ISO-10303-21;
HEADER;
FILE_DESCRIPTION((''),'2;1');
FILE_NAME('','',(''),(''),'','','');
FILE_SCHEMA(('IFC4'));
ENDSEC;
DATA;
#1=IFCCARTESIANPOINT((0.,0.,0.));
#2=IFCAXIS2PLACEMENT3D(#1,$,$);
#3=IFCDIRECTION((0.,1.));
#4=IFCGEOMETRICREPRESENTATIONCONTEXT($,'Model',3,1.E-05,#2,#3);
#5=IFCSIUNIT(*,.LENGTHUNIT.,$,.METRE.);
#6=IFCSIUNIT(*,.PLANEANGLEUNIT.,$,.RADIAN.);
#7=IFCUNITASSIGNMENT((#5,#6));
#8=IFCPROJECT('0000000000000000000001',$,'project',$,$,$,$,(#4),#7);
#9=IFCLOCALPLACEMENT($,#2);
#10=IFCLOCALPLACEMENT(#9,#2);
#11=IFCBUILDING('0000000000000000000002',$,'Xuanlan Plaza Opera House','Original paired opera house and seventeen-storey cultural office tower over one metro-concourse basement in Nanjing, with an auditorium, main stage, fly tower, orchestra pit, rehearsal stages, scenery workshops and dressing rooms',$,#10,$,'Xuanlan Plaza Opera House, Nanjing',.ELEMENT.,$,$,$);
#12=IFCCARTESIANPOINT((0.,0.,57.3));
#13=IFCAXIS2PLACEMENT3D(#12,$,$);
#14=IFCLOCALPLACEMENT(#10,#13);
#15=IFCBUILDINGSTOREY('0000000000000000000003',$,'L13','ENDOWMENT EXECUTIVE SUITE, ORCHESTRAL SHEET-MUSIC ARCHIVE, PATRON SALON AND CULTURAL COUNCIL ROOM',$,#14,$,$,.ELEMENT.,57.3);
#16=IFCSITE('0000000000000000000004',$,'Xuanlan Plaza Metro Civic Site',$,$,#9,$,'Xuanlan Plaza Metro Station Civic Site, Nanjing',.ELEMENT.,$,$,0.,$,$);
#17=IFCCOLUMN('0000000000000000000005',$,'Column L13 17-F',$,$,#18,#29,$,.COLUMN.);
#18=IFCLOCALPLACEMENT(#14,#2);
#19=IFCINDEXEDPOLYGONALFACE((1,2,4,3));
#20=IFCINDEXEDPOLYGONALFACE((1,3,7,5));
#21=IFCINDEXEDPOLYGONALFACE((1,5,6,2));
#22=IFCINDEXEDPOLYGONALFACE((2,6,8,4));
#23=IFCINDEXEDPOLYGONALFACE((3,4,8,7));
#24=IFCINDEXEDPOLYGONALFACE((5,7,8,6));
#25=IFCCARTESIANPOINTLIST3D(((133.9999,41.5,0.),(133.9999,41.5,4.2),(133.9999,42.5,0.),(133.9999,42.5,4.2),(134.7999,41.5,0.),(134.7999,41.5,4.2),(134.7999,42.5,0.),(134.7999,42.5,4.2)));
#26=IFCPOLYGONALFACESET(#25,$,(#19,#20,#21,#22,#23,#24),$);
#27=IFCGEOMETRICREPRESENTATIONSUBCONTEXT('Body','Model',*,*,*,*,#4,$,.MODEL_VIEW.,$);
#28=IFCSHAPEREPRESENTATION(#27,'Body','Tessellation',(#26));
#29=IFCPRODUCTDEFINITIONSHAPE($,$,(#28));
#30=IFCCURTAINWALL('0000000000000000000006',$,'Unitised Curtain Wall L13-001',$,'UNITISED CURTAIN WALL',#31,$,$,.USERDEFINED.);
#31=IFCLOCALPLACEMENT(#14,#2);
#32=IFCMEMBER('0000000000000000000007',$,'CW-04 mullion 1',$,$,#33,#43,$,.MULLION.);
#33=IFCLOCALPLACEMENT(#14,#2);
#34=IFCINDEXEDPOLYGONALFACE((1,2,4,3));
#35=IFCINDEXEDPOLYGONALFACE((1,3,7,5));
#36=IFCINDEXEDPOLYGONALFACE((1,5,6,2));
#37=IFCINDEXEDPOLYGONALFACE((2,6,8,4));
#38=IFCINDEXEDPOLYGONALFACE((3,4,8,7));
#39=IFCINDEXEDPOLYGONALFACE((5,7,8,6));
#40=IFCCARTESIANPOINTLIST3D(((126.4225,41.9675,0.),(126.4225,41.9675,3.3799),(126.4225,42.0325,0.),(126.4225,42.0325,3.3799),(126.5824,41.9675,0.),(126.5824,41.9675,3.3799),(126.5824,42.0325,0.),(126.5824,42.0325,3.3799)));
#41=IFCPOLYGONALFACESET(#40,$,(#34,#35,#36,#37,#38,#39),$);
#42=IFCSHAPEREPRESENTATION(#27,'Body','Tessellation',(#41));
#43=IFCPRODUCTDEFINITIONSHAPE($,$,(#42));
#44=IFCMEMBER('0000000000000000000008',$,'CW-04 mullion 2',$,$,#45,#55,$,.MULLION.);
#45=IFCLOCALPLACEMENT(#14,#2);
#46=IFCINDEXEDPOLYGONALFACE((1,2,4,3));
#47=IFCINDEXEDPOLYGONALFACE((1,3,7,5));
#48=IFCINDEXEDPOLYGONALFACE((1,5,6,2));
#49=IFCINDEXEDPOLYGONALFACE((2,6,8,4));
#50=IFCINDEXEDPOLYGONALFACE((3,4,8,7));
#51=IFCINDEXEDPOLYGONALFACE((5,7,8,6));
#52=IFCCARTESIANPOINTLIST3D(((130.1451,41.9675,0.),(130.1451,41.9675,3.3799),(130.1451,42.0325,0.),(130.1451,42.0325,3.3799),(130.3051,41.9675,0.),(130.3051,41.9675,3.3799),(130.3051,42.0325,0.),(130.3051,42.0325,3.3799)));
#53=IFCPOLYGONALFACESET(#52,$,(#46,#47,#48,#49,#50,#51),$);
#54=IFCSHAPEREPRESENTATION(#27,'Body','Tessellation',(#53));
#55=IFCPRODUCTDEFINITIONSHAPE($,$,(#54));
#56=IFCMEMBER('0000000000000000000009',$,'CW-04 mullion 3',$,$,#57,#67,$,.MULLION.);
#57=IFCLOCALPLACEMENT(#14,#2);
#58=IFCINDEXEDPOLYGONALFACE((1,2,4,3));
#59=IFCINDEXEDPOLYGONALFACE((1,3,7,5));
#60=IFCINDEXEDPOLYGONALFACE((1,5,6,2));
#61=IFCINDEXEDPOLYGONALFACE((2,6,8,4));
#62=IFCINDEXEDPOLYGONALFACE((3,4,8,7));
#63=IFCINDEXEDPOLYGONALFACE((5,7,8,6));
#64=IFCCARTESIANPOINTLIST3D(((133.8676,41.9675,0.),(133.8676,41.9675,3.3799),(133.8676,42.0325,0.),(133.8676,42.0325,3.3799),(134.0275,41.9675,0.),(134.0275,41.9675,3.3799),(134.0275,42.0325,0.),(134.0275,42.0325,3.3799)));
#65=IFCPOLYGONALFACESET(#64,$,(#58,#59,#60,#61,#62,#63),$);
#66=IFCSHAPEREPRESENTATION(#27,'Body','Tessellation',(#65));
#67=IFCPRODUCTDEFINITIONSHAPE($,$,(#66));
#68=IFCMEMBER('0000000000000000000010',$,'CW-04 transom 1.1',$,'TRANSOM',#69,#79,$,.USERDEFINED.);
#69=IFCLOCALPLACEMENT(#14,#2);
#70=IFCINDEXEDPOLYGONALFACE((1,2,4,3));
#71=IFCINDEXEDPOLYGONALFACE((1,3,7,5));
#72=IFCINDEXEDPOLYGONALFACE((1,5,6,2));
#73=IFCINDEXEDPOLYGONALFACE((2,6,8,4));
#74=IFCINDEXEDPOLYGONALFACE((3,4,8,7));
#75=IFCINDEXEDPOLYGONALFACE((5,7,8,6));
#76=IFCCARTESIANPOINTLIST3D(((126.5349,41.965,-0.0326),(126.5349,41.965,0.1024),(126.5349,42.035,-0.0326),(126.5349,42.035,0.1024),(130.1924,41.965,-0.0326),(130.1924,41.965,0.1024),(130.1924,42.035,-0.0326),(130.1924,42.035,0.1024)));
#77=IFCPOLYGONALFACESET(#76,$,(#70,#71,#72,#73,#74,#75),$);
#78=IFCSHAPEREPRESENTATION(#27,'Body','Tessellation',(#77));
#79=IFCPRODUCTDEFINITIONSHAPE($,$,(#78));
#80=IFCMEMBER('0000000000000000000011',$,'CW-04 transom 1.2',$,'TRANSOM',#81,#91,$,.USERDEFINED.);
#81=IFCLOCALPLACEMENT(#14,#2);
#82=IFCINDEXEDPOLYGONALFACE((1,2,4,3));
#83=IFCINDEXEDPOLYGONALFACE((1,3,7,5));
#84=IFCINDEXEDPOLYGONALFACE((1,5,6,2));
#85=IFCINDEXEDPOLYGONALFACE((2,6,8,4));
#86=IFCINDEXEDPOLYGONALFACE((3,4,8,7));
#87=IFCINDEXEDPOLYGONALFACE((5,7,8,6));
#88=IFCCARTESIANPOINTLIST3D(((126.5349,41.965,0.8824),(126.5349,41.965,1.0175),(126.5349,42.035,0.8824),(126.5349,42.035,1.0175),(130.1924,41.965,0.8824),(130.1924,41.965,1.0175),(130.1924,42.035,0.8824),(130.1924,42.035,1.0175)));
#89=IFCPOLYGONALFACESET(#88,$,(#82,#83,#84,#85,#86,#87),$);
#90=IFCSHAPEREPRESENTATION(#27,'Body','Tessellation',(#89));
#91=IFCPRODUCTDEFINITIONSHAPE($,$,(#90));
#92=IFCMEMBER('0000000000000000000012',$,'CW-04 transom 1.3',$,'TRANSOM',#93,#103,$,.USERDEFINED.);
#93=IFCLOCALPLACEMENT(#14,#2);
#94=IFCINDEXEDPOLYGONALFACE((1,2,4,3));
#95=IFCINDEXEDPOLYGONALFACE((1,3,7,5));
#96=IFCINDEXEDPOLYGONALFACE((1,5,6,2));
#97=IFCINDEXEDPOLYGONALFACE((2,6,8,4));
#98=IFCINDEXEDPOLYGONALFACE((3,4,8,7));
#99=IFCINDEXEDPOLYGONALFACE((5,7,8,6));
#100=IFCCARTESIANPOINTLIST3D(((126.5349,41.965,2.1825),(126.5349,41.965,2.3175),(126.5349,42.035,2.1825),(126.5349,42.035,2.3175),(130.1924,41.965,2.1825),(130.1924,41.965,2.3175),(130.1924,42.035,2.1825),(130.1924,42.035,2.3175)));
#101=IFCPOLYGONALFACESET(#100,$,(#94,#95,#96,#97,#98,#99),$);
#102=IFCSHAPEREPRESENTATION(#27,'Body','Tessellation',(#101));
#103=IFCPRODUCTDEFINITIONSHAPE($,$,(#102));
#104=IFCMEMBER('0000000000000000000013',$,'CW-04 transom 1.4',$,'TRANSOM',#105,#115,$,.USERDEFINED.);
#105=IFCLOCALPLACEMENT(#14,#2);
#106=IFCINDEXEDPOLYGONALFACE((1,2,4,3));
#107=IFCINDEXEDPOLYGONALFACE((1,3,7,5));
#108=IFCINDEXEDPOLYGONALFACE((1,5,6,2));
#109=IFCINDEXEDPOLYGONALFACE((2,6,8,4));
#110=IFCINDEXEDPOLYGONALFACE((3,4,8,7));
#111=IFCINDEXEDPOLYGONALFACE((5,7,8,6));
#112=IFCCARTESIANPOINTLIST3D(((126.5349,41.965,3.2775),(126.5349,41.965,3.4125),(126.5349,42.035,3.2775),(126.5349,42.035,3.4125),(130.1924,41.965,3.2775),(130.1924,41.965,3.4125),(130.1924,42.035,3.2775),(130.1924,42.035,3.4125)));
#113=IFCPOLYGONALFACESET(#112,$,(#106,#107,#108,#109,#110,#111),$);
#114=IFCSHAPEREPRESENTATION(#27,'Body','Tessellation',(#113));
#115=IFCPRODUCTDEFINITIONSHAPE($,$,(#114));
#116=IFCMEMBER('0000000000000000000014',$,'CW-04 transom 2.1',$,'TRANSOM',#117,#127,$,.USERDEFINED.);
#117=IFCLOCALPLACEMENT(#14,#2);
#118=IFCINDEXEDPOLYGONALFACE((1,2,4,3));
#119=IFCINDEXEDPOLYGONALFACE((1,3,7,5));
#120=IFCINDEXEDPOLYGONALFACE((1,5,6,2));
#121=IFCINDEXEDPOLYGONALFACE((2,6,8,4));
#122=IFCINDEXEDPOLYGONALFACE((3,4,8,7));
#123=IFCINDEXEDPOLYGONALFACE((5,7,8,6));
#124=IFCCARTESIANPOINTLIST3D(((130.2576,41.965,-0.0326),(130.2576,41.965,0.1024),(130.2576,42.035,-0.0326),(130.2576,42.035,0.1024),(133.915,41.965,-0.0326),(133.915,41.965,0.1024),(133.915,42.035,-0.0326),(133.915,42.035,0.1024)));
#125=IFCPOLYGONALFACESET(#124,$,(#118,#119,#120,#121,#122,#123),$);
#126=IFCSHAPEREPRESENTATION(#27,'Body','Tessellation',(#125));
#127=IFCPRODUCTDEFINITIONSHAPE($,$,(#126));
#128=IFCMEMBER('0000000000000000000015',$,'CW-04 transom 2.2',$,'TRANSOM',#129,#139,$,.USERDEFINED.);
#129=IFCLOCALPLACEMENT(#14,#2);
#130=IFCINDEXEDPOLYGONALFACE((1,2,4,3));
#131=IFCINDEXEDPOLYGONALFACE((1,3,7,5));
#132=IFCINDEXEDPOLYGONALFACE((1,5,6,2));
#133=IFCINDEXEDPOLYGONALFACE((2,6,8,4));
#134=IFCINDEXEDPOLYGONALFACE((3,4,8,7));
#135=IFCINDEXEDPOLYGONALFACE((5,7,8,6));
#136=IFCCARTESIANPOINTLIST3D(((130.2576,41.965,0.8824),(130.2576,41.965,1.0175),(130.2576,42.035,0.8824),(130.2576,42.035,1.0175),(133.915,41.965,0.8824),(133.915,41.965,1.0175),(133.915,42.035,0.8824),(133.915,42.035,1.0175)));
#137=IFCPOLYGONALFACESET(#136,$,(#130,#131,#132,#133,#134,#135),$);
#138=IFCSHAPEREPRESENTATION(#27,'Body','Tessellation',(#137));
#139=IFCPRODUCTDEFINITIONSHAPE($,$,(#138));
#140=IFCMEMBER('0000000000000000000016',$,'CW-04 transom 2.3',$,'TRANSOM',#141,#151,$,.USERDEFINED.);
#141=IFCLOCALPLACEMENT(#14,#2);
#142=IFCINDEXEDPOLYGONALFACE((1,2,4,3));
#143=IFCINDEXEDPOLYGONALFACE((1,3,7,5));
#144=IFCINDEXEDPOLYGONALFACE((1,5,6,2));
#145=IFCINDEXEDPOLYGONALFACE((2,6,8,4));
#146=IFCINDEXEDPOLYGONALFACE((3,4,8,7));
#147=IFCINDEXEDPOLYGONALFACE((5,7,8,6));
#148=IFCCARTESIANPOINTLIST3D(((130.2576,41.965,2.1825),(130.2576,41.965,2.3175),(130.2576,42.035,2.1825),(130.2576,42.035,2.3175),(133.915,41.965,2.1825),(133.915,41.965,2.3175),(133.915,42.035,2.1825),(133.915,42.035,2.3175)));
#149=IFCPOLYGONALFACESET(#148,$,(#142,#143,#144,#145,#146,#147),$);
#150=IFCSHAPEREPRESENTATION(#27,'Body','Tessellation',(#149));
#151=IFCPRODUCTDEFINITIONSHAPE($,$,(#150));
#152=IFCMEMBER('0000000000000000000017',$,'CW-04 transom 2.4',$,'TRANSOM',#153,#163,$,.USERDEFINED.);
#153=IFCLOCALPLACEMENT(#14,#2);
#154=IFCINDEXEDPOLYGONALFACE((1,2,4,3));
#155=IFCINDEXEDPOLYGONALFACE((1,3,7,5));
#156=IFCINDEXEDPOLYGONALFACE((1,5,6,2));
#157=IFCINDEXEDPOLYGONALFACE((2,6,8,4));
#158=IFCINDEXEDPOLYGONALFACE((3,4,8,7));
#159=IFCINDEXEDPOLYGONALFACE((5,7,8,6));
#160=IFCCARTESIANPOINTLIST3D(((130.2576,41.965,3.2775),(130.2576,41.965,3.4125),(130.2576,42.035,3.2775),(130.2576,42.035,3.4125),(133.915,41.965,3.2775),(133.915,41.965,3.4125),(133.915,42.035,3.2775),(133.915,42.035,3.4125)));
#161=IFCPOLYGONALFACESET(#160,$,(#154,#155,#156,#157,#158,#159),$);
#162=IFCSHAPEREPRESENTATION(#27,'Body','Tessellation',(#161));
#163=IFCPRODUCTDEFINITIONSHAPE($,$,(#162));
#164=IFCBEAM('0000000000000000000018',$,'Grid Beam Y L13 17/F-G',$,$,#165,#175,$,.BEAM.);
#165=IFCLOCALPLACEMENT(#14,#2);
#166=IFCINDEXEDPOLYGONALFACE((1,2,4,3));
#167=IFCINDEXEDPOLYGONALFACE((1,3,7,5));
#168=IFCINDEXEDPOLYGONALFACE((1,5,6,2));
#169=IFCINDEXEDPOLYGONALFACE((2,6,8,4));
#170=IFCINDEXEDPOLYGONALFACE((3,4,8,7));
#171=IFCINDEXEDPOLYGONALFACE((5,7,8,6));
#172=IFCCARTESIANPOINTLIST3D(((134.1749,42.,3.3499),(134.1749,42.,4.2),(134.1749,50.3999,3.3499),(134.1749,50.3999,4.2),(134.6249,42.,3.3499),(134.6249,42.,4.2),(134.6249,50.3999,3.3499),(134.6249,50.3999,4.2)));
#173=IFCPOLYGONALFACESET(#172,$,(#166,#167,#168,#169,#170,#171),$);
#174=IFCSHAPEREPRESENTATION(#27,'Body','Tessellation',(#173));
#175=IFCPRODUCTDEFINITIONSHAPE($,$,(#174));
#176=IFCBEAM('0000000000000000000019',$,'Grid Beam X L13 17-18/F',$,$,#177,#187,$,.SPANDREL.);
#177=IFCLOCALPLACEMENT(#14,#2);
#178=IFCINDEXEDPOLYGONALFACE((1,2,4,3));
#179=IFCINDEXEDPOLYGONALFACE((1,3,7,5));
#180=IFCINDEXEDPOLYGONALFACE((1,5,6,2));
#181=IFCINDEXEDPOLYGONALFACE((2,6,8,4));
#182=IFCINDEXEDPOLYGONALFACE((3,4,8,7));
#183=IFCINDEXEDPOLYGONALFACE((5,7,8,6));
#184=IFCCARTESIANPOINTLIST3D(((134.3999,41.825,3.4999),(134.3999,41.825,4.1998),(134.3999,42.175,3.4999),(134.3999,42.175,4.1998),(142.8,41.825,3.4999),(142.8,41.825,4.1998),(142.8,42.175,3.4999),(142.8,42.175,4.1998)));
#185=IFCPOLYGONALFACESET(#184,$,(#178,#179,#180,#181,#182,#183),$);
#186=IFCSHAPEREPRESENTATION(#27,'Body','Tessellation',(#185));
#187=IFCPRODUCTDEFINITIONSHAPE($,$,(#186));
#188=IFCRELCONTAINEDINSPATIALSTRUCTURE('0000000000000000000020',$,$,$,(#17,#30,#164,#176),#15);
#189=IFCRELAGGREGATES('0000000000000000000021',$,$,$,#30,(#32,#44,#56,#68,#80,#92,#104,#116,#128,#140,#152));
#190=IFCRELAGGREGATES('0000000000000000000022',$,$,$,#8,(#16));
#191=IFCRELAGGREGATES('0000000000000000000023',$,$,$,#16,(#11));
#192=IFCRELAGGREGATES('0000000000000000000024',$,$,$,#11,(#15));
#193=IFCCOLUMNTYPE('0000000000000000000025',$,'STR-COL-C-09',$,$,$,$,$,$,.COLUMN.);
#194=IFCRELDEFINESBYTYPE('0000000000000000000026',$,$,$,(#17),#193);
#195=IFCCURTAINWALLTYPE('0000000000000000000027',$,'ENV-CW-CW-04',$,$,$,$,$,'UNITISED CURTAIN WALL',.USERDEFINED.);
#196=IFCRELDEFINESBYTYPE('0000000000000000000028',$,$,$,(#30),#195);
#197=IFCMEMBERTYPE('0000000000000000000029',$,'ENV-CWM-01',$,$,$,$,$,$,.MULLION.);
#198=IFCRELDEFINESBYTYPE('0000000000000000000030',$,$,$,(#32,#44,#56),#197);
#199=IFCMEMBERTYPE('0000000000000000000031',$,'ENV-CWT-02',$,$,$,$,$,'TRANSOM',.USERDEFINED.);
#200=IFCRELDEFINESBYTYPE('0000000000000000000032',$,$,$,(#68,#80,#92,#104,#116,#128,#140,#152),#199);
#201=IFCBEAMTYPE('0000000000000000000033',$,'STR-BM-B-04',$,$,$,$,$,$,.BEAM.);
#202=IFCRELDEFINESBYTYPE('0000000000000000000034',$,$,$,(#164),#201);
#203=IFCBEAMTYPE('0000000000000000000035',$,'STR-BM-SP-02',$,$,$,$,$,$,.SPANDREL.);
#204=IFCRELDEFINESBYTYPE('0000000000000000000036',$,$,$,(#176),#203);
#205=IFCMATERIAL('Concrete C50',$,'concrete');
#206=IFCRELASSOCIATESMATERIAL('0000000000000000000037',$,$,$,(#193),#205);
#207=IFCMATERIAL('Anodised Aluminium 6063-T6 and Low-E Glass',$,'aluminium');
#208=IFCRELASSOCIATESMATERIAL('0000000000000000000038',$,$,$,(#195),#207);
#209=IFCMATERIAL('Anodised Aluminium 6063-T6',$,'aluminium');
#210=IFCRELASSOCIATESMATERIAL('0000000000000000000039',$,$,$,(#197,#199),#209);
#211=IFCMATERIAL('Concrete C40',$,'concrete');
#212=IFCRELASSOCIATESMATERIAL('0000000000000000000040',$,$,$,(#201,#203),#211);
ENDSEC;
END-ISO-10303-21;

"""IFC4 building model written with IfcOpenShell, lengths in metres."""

from ifc_helpers import new_model, si_unit, direction, frame, origin, origin_2d, place, context, subcontext, project, spatial, rectangle, extrude, material, material_profile, profile_set, type_object, element, aggregate, save


model = new_model("IFC4")

# Units and contexts
model_context = context("Model", 3, precision=1e-05, world=origin(), true_north=direction((0.0, 1.0)))
body_context = subcontext(model_context, "Body", "Model", "MODEL_VIEW")
ifc_project = project(units=[si_unit("LENGTHUNIT", "METRE"), si_unit("PLANEANGLEUNIT", "RADIAN")], contexts=[model_context])

# Site, building, storey
site_placement = place(None, origin())
site = spatial("IfcSite", under=ifc_project, at=site_placement, Name="Xuanlan Plaza Metro Civic Site", LongName="Xuanlan Plaza Metro Station Civic Site, Nanjing", CompositionType="ELEMENT", RefElevation=0.0)
building_placement = place(site_placement, origin())
building = spatial("IfcBuilding", under=site, at=building_placement, Name="Xuanlan Plaza Opera House", Description="Original paired opera house and seventeen-storey cultural office tower over one metro-concourse basement in Nanjing, with an auditorium, main stage, fly tower, orchestra pit, rehearsal stages, scenery workshops and dressing rooms", LongName="Xuanlan Plaza Opera House, Nanjing", CompositionType="ELEMENT")
storey_placement = place(building_placement, frame((0.0, 0.0, 57.3)))
storey = spatial("IfcBuildingStorey", under=building, at=storey_placement, Name="L13", Description="ENDOWMENT EXECUTIVE SUITE, ORCHESTRAL SHEET-MUSIC ARCHIVE, PATRON SALON AND CULTURAL COUNCIL ROOM", CompositionType="ELEMENT", Elevation=57.3)

# Column
ifc_material_1 = material(Name="Concrete C50", Category="concrete")
ifc_material_profile_1 = material_profile(ifc_material_1, rectangle(XDim=0.8, YDim=1.0, at=origin_2d()), Name="RC-COL 800x1000")
ifc_profile_set_1 = profile_set([ifc_material_profile_1], Name="Concrete C50")
column_type = type_object("IfcColumnType", Name="STR-COL-C-09", PredefinedType="COLUMN", material=ifc_profile_set_1)
column_placement = place(storey_placement, frame((134.3999, 42.0, 0.0), z_axis=(0.0, 0.0, 1.0), x_axis=(1.0, 0.0, 0.0)))
element("IfcColumn", 1, at=column_placement, inside=storey, type_object=column_type, Name="Column L13 17-F", PredefinedType="COLUMN", context=body_context, shape_type="SweptSolid", body=[
    extrude(rectangle(XDim=0.8, YDim=1.0, at=origin_2d()), origin(), (0.0, 0.0, 1.0), 4.2),
])

# Curtain wall, members
ifc_material_2 = material(Name="Anodised Aluminium 6063-T6 and Low-E Glass", Category="aluminium")
curtain_wall_type_1 = type_object("IfcCurtainWallType", Name="ENV-CW-CW-04", ElementType="UNITISED CURTAIN WALL", PredefinedType="USERDEFINED", material=ifc_material_2)
curtain_wall_1_placement = place(storey_placement, origin())
curtain_wall_1 = element("IfcCurtainWall", 2, at=curtain_wall_1_placement, inside=storey, type_object=curtain_wall_type_1, Name="Unitised Curtain Wall L13-001", ObjectType="UNITISED CURTAIN WALL", PredefinedType="USERDEFINED")
ifc_material_3 = material(Name="Anodised Aluminium 6063-T6", Category="aluminium")
ifc_material_profile_2 = material_profile(ifc_material_3, rectangle(XDim=0.0649, YDim=0.1599, at=origin_2d()), Name="ALU-M 65x160")
ifc_profile_set_2 = profile_set([ifc_material_profile_2], Name="Anodised Aluminium 6063-T6")
member_type_1 = type_object("IfcMemberType", Name="ENV-CWM-01", PredefinedType="MULLION", material=ifc_profile_set_2)
member_1_placement = place(storey_placement, frame((126.5024, 42.0, 0.0), z_axis=(0.0, 0.0, 1.0), x_axis=(0.0, 1.0, 0.0)))
member_1 = element("IfcMember", 3, at=member_1_placement, type_object=member_type_1, Name="CW-04 mullion 1", PredefinedType="MULLION", context=body_context, shape_type="SweptSolid", body=[
    extrude(rectangle(XDim=0.0649, YDim=0.1599, at=origin_2d()), origin(), (0.0, 0.0, 1.0), 3.3799),
])
member_2_placement = place(storey_placement, frame((130.2251, 42.0, 0.0), z_axis=(0.0, 0.0, 1.0), x_axis=(0.0, 1.0, 0.0)))
member_2 = element("IfcMember", 4, at=member_2_placement, type_object=member_type_1, Name="CW-04 mullion 2", PredefinedType="MULLION", context=body_context, shape_type="SweptSolid", body=[
    extrude(rectangle(XDim=0.0649, YDim=0.1599, at=origin_2d()), origin(), (0.0, 0.0, 1.0), 3.3799),
])
member_3_placement = place(storey_placement, frame((133.9475, 42.0, 0.0), z_axis=(0.0, 0.0, 1.0), x_axis=(0.0, 1.0, 0.0)))
member_3 = element("IfcMember", 5, at=member_3_placement, type_object=member_type_1, Name="CW-04 mullion 3", PredefinedType="MULLION", context=body_context, shape_type="SweptSolid", body=[
    extrude(rectangle(XDim=0.0649, YDim=0.1599, at=origin_2d()), origin(), (0.0, 0.0, 1.0), 3.3799),
])
ifc_material_profile_3 = material_profile(ifc_material_3, rectangle(XDim=0.0701, YDim=0.135, at=origin_2d()), Name="ALU-T 70x135")
ifc_profile_set_3 = profile_set([ifc_material_profile_3], Name="Anodised Aluminium 6063-T6")
member_type_2 = type_object("IfcMemberType", Name="ENV-CWT-02", ElementType="TRANSOM", PredefinedType="USERDEFINED", material=ifc_profile_set_3)
member_4_placement = place(storey_placement, frame((126.5349, 42.0, 0.0349), z_axis=(1.0, 0.0, 0.0), x_axis=(0.0, 1.0, 0.0)))
member_4 = element("IfcMember", 6, at=member_4_placement, type_object=member_type_2, Name="CW-04 transom 1.1", ObjectType="TRANSOM", PredefinedType="USERDEFINED", context=body_context, shape_type="SweptSolid", body=[
    extrude(rectangle(XDim=0.0701, YDim=0.135, at=origin_2d()), origin(), (0.0, 0.0, 1.0), 3.6575),
])
member_5_placement = place(storey_placement, frame((126.5349, 42.0, 0.95), z_axis=(1.0, 0.0, 0.0), x_axis=(0.0, 1.0, 0.0)))
member_5 = element("IfcMember", 7, at=member_5_placement, type_object=member_type_2, Name="CW-04 transom 1.2", ObjectType="TRANSOM", PredefinedType="USERDEFINED", context=body_context, shape_type="SweptSolid", body=[
    extrude(rectangle(XDim=0.0701, YDim=0.135, at=origin_2d()), origin(), (0.0, 0.0, 1.0), 3.6575),
])
member_6_placement = place(storey_placement, frame((126.5349, 42.0, 2.25), z_axis=(1.0, 0.0, 0.0), x_axis=(0.0, 1.0, 0.0)))
member_6 = element("IfcMember", 8, at=member_6_placement, type_object=member_type_2, Name="CW-04 transom 1.3", ObjectType="TRANSOM", PredefinedType="USERDEFINED", context=body_context, shape_type="SweptSolid", body=[
    extrude(rectangle(XDim=0.0701, YDim=0.135, at=origin_2d()), origin(), (0.0, 0.0, 1.0), 3.6575),
])
member_7_placement = place(storey_placement, frame((126.5349, 42.0, 3.345), z_axis=(1.0, 0.0, 0.0), x_axis=(0.0, 1.0, 0.0)))
member_7 = element("IfcMember", 9, at=member_7_placement, type_object=member_type_2, Name="CW-04 transom 1.4", ObjectType="TRANSOM", PredefinedType="USERDEFINED", context=body_context, shape_type="SweptSolid", body=[
    extrude(rectangle(XDim=0.0701, YDim=0.135, at=origin_2d()), origin(), (0.0, 0.0, 1.0), 3.6575),
])
member_8_placement = place(storey_placement, frame((130.2576, 42.0, 0.0349), z_axis=(1.0, 0.0, 0.0), x_axis=(0.0, 1.0, 0.0)))
member_8 = element("IfcMember", 10, at=member_8_placement, type_object=member_type_2, Name="CW-04 transom 2.1", ObjectType="TRANSOM", PredefinedType="USERDEFINED", context=body_context, shape_type="SweptSolid", body=[
    extrude(rectangle(XDim=0.0701, YDim=0.135, at=origin_2d()), origin(), (0.0, 0.0, 1.0), 3.6575),
])
member_9_placement = place(storey_placement, frame((130.2576, 42.0, 0.95), z_axis=(1.0, 0.0, 0.0), x_axis=(0.0, 1.0, 0.0)))
member_9 = element("IfcMember", 11, at=member_9_placement, type_object=member_type_2, Name="CW-04 transom 2.2", ObjectType="TRANSOM", PredefinedType="USERDEFINED", context=body_context, shape_type="SweptSolid", body=[
    extrude(rectangle(XDim=0.0701, YDim=0.135, at=origin_2d()), origin(), (0.0, 0.0, 1.0), 3.6575),
])
member_10_placement = place(storey_placement, frame((130.2576, 42.0, 2.25), z_axis=(1.0, 0.0, 0.0), x_axis=(0.0, 1.0, 0.0)))
member_10 = element("IfcMember", 12, at=member_10_placement, type_object=member_type_2, Name="CW-04 transom 2.3", ObjectType="TRANSOM", PredefinedType="USERDEFINED", context=body_context, shape_type="SweptSolid", body=[
    extrude(rectangle(XDim=0.0701, YDim=0.135, at=origin_2d()), origin(), (0.0, 0.0, 1.0), 3.6575),
])
member_11_placement = place(storey_placement, frame((130.2576, 42.0, 3.345), z_axis=(1.0, 0.0, 0.0), x_axis=(0.0, 1.0, 0.0)))
member_11 = element("IfcMember", 13, at=member_11_placement, type_object=member_type_2, Name="CW-04 transom 2.4", ObjectType="TRANSOM", PredefinedType="USERDEFINED", context=body_context, shape_type="SweptSolid", body=[
    extrude(rectangle(XDim=0.0701, YDim=0.135, at=origin_2d()), origin(), (0.0, 0.0, 1.0), 3.6575),
])

# Beams
ifc_material_4 = material(Name="Concrete C40", Category="concrete")
ifc_material_profile_4 = material_profile(ifc_material_4, rectangle(XDim=0.45, YDim=0.8501, at=origin_2d()), Name="RC-BM 450x850")
ifc_profile_set_4 = profile_set([ifc_material_profile_4], Name="Concrete C40")
beam_type_1 = type_object("IfcBeamType", Name="STR-BM-B-04", PredefinedType="BEAM", material=ifc_profile_set_4)
beam_1_placement = place(storey_placement, frame((134.3999, 42.0, 3.7749), z_axis=(0.0, 1.0, 0.0), x_axis=(-1.0, 0.0, 0.0)))
element("IfcBeam", 14, at=beam_1_placement, inside=storey, type_object=beam_type_1, Name="Grid Beam Y L13 17/F-G", PredefinedType="BEAM", context=body_context, shape_type="SweptSolid", body=[
    extrude(rectangle(XDim=0.45, YDim=0.8501, at=origin_2d()), origin(), (0.0, 0.0, 1.0), 8.3999),
])
ifc_material_profile_5 = material_profile(ifc_material_4, rectangle(XDim=0.3501, YDim=0.7, at=origin_2d()), Name="RC-SPD 350x700")
ifc_profile_set_5 = profile_set([ifc_material_profile_5], Name="Concrete C40")
beam_type_2 = type_object("IfcBeamType", Name="STR-BM-SP-02", PredefinedType="SPANDREL", material=ifc_profile_set_5)
beam_2_placement = place(storey_placement, frame((134.3999, 42.0, 3.8499), z_axis=(1.0, 0.0, 0.0), x_axis=(0.0, 1.0, 0.0)))
element("IfcBeam", 15, at=beam_2_placement, inside=storey, type_object=beam_type_2, Name="Grid Beam X L13 17-18/F", PredefinedType="SPANDREL", context=body_context, shape_type="SweptSolid", body=[
    extrude(rectangle(XDim=0.3501, YDim=0.7, at=origin_2d()), origin(), (0.0, 0.0, 1.0), 8.4001),
])

aggregate(curtain_wall_1, [member_1, member_2, member_3, member_4, member_5, member_6, member_7, member_8, member_9, member_10, member_11])

save(model, "model.ifc")
